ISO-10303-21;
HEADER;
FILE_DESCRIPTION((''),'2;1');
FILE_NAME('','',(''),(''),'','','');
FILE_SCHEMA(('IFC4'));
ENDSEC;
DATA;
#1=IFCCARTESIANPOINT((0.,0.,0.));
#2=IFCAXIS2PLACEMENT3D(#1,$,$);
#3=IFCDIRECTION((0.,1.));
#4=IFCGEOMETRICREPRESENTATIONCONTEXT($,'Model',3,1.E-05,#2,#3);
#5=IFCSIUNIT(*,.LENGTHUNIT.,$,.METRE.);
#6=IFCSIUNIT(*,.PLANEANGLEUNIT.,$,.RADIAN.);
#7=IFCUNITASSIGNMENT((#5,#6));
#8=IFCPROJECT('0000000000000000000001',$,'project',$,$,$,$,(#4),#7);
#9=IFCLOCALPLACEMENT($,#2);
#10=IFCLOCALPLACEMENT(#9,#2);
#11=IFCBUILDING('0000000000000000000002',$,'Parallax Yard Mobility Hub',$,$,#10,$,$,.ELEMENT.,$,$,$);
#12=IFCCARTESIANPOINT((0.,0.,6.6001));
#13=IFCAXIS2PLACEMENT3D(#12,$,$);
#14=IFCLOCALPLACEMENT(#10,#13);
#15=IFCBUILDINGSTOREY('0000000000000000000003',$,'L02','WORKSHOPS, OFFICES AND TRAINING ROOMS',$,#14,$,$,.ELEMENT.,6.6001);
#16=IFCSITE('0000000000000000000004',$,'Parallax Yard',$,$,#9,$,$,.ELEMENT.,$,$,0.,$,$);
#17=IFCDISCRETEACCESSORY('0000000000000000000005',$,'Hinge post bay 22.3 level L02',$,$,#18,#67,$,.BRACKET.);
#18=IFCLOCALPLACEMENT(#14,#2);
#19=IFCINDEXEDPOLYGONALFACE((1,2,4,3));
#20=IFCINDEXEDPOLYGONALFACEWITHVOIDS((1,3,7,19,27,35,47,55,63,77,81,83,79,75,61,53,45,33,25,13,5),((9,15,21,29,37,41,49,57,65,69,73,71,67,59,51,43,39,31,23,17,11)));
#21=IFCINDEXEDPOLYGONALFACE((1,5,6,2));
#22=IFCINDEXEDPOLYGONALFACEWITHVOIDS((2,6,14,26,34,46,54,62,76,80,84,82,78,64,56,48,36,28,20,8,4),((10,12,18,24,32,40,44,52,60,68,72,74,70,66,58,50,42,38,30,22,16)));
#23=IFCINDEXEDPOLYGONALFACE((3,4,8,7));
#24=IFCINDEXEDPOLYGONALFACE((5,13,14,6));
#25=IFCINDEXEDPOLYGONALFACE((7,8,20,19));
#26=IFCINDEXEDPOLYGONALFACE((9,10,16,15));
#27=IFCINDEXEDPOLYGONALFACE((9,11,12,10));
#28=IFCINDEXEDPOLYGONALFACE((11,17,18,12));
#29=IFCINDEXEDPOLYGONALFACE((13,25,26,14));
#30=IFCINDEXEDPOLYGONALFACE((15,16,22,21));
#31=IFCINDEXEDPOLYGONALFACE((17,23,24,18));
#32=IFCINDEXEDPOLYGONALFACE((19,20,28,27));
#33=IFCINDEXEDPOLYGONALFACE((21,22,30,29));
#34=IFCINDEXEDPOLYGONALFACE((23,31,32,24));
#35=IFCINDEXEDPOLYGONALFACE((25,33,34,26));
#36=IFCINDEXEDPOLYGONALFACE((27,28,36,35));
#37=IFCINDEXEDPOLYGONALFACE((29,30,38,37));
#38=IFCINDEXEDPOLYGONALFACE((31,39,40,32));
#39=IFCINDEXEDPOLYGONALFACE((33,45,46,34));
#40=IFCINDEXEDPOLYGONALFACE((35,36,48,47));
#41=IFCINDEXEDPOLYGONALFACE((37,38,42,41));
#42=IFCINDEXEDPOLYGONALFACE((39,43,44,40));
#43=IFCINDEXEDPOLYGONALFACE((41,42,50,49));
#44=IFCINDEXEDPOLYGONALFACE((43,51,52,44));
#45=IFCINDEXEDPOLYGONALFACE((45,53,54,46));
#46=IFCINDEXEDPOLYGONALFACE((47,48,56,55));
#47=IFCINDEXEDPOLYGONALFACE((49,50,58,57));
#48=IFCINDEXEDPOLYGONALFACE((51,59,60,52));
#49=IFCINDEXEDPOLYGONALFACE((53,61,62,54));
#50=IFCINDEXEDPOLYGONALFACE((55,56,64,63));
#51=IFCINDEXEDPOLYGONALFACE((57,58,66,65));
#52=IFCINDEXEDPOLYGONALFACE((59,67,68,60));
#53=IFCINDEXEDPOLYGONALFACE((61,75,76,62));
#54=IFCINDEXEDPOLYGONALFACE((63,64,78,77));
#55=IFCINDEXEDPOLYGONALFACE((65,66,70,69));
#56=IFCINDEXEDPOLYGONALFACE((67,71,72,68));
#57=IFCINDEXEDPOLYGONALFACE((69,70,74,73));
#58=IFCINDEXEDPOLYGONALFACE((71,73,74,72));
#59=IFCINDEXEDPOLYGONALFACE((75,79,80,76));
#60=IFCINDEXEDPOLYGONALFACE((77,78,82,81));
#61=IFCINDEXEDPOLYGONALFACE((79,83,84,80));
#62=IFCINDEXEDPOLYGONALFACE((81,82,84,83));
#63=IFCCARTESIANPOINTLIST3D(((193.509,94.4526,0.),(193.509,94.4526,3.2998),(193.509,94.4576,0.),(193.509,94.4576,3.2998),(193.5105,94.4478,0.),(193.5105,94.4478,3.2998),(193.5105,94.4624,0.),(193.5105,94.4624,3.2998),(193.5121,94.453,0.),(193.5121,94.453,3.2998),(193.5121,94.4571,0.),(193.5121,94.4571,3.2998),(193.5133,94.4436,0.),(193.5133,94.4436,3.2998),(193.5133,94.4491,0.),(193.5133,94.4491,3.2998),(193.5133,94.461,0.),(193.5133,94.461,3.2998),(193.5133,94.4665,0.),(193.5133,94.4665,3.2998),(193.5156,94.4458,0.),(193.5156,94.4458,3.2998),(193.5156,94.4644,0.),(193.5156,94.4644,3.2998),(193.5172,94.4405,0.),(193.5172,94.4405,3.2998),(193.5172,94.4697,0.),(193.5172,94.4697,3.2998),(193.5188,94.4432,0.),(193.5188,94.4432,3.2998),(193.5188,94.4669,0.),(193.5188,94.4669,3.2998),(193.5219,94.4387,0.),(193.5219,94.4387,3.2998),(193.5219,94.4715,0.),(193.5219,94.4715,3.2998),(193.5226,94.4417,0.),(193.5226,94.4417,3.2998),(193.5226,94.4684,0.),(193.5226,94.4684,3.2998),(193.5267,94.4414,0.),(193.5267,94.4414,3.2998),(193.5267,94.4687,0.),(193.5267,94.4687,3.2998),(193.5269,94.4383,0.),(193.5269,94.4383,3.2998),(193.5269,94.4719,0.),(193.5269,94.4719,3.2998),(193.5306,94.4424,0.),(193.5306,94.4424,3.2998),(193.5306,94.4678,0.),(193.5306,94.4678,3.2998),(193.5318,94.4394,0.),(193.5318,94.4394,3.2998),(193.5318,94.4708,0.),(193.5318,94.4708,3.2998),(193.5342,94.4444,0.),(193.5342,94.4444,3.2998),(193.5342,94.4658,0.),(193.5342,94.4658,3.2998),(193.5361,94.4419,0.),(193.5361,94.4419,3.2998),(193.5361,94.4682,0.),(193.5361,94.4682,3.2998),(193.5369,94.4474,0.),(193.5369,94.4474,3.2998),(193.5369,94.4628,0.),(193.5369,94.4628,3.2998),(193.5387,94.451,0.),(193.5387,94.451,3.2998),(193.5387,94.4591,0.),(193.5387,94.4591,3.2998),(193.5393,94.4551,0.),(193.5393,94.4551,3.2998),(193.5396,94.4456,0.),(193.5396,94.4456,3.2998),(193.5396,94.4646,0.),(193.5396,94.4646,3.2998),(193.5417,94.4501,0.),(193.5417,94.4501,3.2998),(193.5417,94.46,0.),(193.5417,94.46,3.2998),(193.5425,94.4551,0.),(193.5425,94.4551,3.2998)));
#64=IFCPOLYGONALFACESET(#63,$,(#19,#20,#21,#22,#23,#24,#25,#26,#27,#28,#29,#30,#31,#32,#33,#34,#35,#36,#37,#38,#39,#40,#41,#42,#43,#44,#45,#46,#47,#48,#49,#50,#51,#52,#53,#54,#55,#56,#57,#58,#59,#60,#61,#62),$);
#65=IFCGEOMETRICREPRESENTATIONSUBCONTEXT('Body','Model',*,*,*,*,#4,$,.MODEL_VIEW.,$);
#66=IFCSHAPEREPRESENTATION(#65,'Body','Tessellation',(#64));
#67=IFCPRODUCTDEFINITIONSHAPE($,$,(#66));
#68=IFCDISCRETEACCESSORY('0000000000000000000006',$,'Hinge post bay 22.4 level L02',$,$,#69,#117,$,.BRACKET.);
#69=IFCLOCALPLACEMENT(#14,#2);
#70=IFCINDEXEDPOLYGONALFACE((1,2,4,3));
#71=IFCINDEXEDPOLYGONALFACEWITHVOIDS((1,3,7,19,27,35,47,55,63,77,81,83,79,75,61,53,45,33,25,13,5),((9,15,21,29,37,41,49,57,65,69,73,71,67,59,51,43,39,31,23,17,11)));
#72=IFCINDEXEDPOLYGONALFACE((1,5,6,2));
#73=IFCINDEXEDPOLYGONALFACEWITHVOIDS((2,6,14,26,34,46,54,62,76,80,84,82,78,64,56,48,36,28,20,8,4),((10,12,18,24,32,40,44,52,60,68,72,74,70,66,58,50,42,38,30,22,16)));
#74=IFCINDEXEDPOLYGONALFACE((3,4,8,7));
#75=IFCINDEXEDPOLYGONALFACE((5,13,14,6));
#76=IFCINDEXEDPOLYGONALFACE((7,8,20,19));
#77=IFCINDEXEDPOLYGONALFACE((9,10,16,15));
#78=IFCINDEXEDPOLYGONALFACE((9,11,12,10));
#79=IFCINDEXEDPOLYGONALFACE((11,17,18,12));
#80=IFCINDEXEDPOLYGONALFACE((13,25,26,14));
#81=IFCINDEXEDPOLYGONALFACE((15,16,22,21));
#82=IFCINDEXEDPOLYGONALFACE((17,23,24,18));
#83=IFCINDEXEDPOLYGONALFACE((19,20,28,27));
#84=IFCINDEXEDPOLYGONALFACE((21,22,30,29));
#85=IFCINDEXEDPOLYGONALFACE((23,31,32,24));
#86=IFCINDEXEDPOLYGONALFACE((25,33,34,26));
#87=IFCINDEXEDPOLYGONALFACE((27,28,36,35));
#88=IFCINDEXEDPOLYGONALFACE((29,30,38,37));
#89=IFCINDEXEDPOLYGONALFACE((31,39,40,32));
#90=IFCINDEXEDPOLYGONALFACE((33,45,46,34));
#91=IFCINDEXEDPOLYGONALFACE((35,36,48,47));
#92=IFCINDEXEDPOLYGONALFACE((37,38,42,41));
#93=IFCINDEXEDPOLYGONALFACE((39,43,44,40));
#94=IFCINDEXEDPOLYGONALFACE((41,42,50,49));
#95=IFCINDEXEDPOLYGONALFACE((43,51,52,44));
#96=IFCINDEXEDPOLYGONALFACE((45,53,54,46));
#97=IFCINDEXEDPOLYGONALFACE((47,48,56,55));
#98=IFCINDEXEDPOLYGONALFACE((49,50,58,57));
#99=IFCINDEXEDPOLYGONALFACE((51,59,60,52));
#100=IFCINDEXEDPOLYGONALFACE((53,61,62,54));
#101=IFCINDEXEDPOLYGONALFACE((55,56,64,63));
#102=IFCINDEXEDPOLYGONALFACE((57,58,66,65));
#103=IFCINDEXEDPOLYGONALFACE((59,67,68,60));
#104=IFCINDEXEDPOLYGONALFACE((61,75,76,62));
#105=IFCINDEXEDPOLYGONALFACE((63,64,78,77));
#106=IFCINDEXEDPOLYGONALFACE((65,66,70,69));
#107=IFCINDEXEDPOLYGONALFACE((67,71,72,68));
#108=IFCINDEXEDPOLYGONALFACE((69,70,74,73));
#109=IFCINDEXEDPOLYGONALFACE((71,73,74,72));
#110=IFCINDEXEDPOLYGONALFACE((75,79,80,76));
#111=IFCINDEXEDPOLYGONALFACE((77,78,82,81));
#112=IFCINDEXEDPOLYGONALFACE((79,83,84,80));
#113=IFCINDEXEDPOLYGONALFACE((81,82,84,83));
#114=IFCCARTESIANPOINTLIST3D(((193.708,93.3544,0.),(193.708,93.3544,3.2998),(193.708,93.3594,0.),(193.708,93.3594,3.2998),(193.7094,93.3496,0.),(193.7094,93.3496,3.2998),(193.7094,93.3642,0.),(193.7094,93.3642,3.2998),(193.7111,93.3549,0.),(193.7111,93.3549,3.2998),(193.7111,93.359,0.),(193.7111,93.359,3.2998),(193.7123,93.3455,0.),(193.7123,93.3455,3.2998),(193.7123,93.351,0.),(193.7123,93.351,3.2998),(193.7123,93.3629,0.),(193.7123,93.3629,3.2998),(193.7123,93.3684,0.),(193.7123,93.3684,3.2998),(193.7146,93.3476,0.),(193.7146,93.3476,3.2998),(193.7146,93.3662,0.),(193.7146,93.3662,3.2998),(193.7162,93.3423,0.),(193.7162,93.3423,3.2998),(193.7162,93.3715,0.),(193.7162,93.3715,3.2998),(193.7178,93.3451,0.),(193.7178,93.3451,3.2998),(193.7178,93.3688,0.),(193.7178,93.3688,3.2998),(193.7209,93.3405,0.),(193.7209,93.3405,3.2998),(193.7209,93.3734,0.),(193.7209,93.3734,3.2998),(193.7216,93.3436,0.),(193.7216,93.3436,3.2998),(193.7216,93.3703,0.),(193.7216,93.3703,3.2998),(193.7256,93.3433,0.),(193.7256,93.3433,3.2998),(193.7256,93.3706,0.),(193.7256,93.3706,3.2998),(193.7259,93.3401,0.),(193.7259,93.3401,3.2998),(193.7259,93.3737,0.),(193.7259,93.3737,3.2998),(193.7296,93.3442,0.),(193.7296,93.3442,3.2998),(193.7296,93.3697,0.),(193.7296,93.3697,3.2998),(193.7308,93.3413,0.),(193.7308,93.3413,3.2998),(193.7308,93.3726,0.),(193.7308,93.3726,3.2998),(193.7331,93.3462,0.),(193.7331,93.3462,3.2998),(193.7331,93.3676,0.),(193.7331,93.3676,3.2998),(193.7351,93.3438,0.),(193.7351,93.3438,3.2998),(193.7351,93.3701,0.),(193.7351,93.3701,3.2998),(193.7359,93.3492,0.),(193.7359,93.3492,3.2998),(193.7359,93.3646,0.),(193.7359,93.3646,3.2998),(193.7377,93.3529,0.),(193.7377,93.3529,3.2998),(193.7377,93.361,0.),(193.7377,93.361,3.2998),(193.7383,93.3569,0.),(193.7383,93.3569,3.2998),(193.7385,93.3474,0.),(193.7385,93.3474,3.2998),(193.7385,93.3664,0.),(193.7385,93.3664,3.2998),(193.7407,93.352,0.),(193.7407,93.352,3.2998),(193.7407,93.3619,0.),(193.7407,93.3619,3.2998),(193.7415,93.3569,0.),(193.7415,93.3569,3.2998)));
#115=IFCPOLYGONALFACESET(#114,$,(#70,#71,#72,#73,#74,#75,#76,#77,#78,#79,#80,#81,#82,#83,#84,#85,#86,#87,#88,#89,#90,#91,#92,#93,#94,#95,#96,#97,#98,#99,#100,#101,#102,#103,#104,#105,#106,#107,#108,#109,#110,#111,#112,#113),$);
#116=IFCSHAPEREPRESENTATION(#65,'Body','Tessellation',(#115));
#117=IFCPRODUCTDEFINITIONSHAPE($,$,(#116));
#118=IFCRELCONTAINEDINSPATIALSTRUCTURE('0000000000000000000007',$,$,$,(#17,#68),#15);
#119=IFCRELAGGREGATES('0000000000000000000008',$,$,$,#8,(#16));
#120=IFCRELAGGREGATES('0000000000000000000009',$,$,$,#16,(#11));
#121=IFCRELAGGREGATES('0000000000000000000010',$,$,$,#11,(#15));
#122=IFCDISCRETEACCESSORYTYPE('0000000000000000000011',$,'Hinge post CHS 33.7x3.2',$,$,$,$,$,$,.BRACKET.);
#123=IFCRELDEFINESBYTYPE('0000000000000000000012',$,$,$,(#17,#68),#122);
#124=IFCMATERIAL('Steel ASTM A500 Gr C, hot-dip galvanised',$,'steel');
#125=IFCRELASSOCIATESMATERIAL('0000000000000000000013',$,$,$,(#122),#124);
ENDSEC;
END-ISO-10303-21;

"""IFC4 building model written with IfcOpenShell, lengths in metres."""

from ifc_helpers import new_model, si_unit, direction, frame, origin, origin_2d, place, context, subcontext, project, spatial, hollow_circle, extrude, material, material_profile, profile_set, type_object, element, save


model = new_model("IFC4")

# Units and contexts
model_context = context("Model", 3, precision=1e-05, world=origin(), true_north=direction((0.0, 1.0)))
body_context = subcontext(model_context, "Body", "Model", "MODEL_VIEW")
ifc_project = project(units=[si_unit("LENGTHUNIT", "METRE"), si_unit("PLANEANGLEUNIT", "RADIAN")], contexts=[model_context])

# Site, building, storey
site_placement = place(None, origin())
site = spatial("IfcSite", under=ifc_project, at=site_placement, Name="Parallax Yard", CompositionType="ELEMENT", RefElevation=0.0)
building_placement = place(site_placement, origin())
building = spatial("IfcBuilding", under=site, at=building_placement, Name="Parallax Yard Mobility Hub", CompositionType="ELEMENT")
storey_placement = place(building_placement, frame((0.0, 0.0, 6.6001)))
storey = spatial("IfcBuildingStorey", under=building, at=storey_placement, Name="L02", Description="WORKSHOPS, OFFICES AND TRAINING ROOMS", CompositionType="ELEMENT", Elevation=6.6001)

# Discrete accessories
ifc_material_1 = material(Name="Steel ASTM A500 Gr C, hot-dip galvanised", Category="steel")
ifc_material_profile = material_profile(ifc_material_1, hollow_circle(Radius=0.0168, WallThickness=0.0032, at=origin_2d()), Name="CHS 33.7x3.2")
ifc_profile_set = profile_set([ifc_material_profile], Name="Steel ASTM A500 Gr C, hot-dip galvanised")
discrete_accessory_type_1 = type_object("IfcDiscreteAccessoryType", Name="Hinge post CHS 33.7x3.2", PredefinedType="BRACKET", material=ifc_profile_set)
for number, where, z_axis, x_axis, name in (
    (1, (193.5256, 94.4551, 0.0), (0.0, 0.0, 1.0), (1.0, 0.0, 0.0), "Hinge post bay 22.3 level L02"),
    (2, (193.7246, 93.3569, 0.0), (0.0, 0.0, 1.0), (1.0, 0.0, 0.0), "Hinge post bay 22.4 level L02"),
):
    element("IfcDiscreteAccessory", number, at=place(storey_placement, frame(where, z_axis=z_axis, x_axis=x_axis)), inside=storey, type_object=discrete_accessory_type_1, Name=name, PredefinedType="BRACKET", context=body_context, shape_type="SweptSolid", body=[
        extrude(hollow_circle(Radius=0.0168, WallThickness=0.0032, at=origin_2d()), origin(), (0.0, 0.0, 1.0), 3.2998),
    ])

save(model, "model.ifc")
